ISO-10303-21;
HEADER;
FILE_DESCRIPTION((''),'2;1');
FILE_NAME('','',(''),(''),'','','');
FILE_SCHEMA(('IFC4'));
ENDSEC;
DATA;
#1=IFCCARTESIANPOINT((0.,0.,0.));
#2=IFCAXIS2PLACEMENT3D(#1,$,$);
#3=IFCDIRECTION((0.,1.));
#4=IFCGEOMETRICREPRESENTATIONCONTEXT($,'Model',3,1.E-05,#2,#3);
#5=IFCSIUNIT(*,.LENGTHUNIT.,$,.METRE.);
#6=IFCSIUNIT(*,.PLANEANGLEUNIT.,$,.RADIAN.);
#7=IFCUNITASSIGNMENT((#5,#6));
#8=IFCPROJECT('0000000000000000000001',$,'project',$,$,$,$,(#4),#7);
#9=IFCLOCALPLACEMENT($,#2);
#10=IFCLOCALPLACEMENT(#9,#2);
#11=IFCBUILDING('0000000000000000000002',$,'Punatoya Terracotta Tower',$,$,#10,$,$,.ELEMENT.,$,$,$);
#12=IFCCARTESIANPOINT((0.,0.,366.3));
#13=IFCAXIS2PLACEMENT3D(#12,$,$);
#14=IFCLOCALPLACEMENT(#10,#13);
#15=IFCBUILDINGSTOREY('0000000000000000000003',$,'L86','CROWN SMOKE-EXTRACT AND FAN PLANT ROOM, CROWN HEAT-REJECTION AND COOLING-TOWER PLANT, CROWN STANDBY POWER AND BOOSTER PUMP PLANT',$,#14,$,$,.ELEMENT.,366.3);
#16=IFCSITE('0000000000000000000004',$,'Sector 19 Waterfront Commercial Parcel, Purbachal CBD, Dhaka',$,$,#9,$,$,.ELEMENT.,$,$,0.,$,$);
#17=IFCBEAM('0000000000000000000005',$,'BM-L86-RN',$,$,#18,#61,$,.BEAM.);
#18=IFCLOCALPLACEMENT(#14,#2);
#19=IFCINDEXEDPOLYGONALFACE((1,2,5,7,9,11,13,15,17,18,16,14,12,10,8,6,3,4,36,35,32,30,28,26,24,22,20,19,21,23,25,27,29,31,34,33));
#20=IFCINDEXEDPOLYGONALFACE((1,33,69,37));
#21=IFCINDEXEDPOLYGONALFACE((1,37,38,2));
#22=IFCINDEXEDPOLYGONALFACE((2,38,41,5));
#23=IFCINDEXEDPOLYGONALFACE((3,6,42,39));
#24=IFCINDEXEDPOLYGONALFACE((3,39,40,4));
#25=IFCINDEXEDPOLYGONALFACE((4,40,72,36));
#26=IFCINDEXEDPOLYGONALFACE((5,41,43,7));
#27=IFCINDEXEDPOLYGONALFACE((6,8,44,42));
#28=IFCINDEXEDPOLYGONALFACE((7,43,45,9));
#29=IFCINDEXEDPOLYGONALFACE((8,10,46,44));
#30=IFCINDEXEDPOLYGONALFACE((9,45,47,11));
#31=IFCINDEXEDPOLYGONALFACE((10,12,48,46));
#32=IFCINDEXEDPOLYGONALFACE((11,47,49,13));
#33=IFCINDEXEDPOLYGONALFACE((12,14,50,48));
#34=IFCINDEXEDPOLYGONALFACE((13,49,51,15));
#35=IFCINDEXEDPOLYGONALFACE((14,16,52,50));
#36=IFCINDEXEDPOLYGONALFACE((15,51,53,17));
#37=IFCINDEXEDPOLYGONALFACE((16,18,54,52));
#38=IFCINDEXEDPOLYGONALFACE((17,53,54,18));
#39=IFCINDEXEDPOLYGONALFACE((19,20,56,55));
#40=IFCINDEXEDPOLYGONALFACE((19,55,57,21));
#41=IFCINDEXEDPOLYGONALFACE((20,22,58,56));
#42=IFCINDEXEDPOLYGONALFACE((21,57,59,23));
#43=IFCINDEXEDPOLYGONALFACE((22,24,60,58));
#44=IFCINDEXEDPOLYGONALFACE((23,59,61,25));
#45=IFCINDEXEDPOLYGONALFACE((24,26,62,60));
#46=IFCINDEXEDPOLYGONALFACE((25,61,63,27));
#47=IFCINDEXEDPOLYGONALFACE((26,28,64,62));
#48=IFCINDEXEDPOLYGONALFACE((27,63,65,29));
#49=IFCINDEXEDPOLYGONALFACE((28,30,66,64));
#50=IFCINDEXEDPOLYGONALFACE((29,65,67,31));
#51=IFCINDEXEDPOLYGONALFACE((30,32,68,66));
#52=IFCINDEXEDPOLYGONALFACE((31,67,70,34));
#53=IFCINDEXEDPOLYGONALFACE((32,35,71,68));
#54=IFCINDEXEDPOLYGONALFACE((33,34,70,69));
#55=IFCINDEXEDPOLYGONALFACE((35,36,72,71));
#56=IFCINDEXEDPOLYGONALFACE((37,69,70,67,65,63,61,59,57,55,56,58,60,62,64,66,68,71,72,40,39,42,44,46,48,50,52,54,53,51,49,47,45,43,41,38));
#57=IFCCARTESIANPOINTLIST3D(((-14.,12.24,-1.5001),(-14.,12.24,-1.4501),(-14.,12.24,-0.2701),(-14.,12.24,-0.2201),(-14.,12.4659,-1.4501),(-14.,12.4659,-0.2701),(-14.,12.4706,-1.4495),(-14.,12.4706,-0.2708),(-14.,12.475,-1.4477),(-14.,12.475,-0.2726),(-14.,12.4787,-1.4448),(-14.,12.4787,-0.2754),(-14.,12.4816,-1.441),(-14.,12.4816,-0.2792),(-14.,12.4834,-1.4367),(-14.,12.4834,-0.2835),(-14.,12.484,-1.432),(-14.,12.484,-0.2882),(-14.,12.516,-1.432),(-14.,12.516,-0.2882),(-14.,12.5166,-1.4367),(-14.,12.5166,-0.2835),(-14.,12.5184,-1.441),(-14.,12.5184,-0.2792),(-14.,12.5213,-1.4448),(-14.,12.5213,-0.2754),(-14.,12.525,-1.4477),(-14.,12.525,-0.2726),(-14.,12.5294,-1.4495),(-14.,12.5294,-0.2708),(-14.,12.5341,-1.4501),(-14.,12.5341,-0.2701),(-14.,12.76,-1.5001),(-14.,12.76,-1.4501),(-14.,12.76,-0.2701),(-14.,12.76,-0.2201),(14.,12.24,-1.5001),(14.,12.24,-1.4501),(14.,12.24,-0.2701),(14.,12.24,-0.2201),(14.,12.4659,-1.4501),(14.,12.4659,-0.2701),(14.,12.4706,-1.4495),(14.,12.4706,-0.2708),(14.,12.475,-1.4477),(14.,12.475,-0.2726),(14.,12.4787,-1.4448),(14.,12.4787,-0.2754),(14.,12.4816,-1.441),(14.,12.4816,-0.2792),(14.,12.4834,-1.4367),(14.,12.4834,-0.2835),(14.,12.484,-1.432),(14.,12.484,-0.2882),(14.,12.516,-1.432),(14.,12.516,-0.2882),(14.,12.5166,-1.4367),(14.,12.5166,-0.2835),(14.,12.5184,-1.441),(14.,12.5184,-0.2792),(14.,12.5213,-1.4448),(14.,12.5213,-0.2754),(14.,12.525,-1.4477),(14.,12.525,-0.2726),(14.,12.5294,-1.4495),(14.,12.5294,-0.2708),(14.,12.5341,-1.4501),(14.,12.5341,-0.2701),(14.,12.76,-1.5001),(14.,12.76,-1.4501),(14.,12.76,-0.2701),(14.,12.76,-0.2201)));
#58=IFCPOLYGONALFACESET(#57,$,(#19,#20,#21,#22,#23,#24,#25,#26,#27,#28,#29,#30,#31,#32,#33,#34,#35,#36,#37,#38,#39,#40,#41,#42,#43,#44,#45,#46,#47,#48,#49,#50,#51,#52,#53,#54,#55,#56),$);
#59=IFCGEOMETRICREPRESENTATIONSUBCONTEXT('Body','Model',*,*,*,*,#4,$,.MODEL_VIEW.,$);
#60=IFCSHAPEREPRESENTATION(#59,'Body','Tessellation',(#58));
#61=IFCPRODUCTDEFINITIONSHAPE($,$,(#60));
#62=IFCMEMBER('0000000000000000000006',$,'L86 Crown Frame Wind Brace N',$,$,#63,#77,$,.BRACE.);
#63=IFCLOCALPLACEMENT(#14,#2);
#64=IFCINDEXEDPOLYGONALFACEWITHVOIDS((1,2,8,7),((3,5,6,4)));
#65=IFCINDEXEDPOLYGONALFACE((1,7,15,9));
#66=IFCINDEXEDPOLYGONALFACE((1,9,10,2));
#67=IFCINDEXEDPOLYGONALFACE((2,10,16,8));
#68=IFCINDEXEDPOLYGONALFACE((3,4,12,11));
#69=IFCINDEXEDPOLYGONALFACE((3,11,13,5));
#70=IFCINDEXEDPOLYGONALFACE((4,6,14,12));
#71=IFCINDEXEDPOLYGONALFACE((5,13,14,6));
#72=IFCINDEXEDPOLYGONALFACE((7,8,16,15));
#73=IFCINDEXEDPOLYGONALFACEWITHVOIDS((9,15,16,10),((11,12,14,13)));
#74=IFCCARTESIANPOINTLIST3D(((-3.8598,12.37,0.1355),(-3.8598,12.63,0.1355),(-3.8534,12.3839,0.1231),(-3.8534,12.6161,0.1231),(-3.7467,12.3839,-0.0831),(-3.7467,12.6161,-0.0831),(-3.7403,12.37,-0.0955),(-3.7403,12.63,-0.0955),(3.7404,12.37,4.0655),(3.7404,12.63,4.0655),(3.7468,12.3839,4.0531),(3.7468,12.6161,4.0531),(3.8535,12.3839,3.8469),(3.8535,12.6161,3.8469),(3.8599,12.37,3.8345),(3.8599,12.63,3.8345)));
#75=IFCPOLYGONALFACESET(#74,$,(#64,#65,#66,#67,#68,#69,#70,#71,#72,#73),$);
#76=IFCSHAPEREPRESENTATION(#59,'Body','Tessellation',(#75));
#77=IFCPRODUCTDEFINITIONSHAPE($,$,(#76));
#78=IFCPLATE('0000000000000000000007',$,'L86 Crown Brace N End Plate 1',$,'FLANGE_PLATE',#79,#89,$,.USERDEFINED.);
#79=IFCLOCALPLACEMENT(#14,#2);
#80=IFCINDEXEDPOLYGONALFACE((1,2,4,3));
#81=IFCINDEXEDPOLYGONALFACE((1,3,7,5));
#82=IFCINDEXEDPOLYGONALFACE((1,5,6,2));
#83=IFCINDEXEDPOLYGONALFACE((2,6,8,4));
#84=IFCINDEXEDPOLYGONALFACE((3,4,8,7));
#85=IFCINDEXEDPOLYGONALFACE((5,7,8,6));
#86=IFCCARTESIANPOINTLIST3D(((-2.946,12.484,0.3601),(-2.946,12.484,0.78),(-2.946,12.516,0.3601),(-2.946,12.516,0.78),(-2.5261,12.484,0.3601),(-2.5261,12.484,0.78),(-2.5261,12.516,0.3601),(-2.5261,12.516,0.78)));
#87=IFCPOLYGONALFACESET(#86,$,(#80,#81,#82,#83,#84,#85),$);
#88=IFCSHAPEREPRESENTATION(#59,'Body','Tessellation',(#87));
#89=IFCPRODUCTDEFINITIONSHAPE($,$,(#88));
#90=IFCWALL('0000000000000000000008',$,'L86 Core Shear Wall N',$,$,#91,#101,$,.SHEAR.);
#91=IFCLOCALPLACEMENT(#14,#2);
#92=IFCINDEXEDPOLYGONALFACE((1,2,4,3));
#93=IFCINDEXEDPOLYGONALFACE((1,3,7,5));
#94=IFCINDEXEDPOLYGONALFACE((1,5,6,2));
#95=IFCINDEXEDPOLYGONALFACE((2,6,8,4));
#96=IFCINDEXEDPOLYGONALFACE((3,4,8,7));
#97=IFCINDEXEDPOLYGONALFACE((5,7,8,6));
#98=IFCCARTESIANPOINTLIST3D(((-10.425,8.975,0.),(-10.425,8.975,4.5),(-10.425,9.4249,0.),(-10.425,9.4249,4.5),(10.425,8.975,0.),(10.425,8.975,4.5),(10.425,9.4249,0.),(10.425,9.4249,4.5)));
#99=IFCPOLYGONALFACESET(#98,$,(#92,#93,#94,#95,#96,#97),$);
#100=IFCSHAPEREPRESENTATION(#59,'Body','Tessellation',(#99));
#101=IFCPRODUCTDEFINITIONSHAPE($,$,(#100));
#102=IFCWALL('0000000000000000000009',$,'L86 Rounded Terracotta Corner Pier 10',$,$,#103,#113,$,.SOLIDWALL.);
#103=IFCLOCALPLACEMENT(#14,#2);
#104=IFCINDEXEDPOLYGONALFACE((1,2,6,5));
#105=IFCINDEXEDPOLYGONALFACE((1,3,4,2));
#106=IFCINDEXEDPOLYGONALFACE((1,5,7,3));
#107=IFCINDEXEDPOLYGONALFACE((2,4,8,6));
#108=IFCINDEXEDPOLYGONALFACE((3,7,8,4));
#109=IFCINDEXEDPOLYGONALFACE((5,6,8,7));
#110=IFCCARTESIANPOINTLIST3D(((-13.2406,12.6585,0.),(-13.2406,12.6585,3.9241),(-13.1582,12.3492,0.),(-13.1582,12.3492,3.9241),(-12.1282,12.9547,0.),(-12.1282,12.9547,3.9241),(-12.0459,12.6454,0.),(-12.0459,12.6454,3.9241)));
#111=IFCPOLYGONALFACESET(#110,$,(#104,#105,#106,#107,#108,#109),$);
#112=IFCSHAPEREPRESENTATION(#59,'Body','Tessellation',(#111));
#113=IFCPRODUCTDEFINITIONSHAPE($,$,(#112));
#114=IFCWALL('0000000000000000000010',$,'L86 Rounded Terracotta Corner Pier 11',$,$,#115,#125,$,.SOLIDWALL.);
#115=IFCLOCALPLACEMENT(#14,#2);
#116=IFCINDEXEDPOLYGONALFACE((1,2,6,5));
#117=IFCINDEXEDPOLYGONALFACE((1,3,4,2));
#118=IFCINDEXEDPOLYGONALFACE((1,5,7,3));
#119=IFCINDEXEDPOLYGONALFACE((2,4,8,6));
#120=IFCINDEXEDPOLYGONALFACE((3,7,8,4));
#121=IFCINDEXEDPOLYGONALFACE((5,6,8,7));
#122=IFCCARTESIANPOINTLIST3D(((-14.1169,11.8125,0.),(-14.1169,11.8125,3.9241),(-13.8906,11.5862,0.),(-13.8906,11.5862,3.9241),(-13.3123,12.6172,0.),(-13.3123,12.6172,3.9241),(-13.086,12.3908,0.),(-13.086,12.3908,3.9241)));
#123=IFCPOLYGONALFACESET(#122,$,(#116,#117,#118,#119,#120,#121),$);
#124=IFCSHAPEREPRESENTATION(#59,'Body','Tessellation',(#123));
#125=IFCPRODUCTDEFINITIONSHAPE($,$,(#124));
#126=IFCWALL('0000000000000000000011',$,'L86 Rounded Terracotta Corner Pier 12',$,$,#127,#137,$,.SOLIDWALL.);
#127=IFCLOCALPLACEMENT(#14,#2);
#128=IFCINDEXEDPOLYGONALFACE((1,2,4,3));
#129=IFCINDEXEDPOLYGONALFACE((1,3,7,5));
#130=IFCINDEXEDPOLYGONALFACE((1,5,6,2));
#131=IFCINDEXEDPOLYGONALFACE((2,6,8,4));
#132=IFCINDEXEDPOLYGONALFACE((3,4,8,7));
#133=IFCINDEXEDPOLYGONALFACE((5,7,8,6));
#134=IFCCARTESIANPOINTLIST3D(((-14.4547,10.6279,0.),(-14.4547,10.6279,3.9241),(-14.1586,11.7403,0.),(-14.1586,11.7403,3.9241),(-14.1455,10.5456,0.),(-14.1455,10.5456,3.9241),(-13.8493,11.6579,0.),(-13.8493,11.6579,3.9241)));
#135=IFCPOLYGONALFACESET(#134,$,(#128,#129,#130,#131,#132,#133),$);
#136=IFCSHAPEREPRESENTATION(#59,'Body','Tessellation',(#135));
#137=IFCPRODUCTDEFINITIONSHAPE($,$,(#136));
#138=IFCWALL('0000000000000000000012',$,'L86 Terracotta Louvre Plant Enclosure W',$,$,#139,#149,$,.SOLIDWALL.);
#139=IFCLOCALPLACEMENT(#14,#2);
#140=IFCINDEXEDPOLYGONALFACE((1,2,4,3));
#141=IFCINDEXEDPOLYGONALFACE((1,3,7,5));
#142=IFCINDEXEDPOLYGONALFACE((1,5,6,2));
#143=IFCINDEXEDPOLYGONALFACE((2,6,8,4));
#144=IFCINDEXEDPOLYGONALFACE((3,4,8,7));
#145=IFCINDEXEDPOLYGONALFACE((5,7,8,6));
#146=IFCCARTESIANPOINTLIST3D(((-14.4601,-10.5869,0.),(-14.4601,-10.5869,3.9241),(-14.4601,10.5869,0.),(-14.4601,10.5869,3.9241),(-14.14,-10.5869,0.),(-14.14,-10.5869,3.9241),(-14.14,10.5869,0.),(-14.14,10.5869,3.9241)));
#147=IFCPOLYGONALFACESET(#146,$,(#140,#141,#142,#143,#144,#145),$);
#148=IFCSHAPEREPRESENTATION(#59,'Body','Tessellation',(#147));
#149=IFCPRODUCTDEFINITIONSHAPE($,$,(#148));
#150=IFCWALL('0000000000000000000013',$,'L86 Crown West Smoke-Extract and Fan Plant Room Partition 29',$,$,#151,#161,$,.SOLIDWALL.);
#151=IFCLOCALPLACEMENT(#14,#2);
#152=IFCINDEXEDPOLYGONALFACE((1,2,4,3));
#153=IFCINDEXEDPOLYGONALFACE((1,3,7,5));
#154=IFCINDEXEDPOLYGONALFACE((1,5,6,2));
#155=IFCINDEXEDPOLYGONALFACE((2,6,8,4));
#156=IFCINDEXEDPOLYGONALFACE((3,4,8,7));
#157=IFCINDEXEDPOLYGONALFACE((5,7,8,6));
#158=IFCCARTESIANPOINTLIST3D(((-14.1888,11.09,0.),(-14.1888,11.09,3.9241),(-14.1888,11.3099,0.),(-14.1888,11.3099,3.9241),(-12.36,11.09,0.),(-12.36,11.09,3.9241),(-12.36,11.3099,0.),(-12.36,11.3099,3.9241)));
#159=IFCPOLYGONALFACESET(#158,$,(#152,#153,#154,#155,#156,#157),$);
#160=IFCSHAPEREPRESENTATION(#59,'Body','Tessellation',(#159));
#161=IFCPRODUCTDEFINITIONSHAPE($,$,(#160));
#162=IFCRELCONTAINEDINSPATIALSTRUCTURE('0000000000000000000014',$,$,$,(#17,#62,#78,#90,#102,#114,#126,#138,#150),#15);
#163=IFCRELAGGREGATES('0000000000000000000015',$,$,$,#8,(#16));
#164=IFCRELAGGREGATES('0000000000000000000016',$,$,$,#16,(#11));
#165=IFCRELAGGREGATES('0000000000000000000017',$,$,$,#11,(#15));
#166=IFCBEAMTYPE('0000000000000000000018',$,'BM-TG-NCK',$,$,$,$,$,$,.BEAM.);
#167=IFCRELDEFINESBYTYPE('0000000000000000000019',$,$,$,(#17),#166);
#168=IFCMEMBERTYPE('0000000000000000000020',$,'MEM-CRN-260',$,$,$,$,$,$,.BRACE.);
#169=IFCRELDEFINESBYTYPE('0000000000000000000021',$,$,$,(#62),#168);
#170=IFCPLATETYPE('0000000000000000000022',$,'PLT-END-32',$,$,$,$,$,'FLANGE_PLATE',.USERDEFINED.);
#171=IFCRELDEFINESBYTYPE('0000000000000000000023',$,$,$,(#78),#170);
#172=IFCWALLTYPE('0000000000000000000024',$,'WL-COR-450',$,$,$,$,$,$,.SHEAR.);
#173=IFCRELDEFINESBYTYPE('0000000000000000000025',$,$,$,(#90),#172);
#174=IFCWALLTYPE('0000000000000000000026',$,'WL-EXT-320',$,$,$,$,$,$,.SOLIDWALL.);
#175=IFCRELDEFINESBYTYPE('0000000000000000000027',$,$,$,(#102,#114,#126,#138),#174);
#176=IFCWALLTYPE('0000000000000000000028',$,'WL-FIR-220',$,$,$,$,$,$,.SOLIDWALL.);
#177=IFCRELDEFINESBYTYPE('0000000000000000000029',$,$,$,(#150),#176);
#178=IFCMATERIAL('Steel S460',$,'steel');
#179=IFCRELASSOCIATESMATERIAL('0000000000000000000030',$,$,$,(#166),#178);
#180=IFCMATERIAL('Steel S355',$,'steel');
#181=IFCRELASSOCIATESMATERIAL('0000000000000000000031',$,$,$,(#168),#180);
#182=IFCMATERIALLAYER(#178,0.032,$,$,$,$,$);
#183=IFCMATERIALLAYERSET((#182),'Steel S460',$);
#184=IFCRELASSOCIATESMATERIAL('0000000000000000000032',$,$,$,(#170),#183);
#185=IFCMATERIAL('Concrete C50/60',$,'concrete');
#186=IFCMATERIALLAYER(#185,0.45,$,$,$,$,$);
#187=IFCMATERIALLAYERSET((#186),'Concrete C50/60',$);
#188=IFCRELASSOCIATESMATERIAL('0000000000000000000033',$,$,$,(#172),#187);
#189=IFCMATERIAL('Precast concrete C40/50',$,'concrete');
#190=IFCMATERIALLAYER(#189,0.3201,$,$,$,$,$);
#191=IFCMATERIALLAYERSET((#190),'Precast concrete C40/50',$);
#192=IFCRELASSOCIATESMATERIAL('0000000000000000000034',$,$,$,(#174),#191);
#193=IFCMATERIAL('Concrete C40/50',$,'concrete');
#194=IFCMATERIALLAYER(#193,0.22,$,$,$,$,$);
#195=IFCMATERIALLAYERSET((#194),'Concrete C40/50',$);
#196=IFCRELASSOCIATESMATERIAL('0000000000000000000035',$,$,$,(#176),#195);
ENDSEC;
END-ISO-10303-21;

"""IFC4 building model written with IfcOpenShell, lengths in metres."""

from ifc_helpers import new_model, si_unit, direction, frame, frame_2d, origin, origin_2d, place, context, subcontext, project, spatial, rectangle, hollow_rectangle, i_section, extrude, material, layer, layer_set, material_profile, profile_set, type_object, element, save


model = new_model("IFC4")

# Units and contexts
model_context = context("Model", 3, precision=1e-05, world=origin(), true_north=direction((0.0, 1.0)))
body_context = subcontext(model_context, "Body", "Model", "MODEL_VIEW")
ifc_project = project(units=[si_unit("LENGTHUNIT", "METRE"), si_unit("PLANEANGLEUNIT", "RADIAN")], contexts=[model_context])

# Site, building, storey
site_placement = place(None, origin())
site = spatial("IfcSite", under=ifc_project, at=site_placement, Name="Sector 19 Waterfront Commercial Parcel, Purbachal CBD, Dhaka", CompositionType="ELEMENT", RefElevation=0.0)
building_placement = place(site_placement, origin())
building = spatial("IfcBuilding", under=site, at=building_placement, Name="Punatoya Terracotta Tower", CompositionType="ELEMENT")
storey_placement = place(building_placement, frame((0.0, 0.0, 366.3)))
storey = spatial("IfcBuildingStorey", under=building, at=storey_placement, Name="L86", Description="CROWN SMOKE-EXTRACT AND FAN PLANT ROOM, CROWN HEAT-REJECTION AND COOLING-TOWER PLANT, CROWN STANDBY POWER AND BOOSTER PUMP PLANT", CompositionType="ELEMENT", Elevation=366.3)

# Shared definitions
ifc_material_1 = material(Name="Steel S355", Category="steel")

# Beam
ifc_material_2 = material(Name="Concrete C50/60", Category="concrete")
ifc_material_3 = material(Name="Steel S460", Category="steel")
ifc_material_profile_1 = material_profile(ifc_material_3, i_section(OverallWidth=0.52, OverallDepth=1.28, WebThickness=0.032, FlangeThickness=0.05, FilletRadius=0.0181, at=origin_2d()))
ifc_profile_set_1 = profile_set([ifc_material_profile_1], Name="Steel S460")
beam_type_1 = type_object("IfcBeamType", Name="BM-TG-NCK", PredefinedType="BEAM", material=ifc_profile_set_1)
beam_1_placement = place(storey_placement, frame((-14.0, 12.5, -0.8601), z_axis=(1.0, 0.0, 0.0), x_axis=(0.0, 1.0, 0.0)))
element("IfcBeam", 1, at=beam_1_placement, inside=storey, type_object=beam_type_1, Name="BM-L86-RN", PredefinedType="BEAM", context=body_context, shape_type="SweptSolid", body=[
    extrude(i_section(OverallWidth=0.52, OverallDepth=1.28, WebThickness=0.032, FlangeThickness=0.05, FilletRadius=0.0181, at=origin_2d()), origin(), (0.0, 0.0, 1.0), 28.0),
])

# Member
ifc_material_profile_2 = material_profile(ifc_material_1, hollow_rectangle(XDim=0.26, YDim=0.26, WallThickness=0.0139, at=origin_2d()))
ifc_profile_set_2 = profile_set([ifc_material_profile_2], Name="Steel S355")
member_type = type_object("IfcMemberType", Name="MEM-CRN-260", PredefinedType="BRACE", material=ifc_profile_set_2)
member_placement = place(storey_placement, frame((-3.8, 12.5, 0.02), z_axis=(0.888273, 0.0, 0.459317), x_axis=(0.0, 1.0, 0.0)))
element("IfcMember", 2, at=member_placement, inside=storey, type_object=member_type, Name="L86 Crown Frame Wind Brace N", PredefinedType="BRACE", context=body_context, shape_type="SweptSolid", body=[
    extrude(hollow_rectangle(XDim=0.26, YDim=0.26, WallThickness=0.0139, at=origin_2d()), origin(), (0.0, 0.0, 1.0), 8.5562),
])

# Plate
ifc_layer_1 = layer(ifc_material_3, 0.032)
ifc_layer_set_1 = layer_set([ifc_layer_1], Name="Steel S460")
plate_type = type_object("IfcPlateType", Name="PLT-END-32", ElementType="FLANGE_PLATE", PredefinedType="USERDEFINED", material=ifc_layer_set_1)
plate_placement = place(storey_placement, frame((-2.7361, 12.5, 0.3601), z_axis=(0.0, 0.0, 1.0), x_axis=(1.0, 0.0, 0.0)))
element("IfcPlate", 3, at=plate_placement, inside=storey, type_object=plate_type, Name="L86 Crown Brace N End Plate 1", ObjectType="FLANGE_PLATE", PredefinedType="USERDEFINED", context=body_context, shape_type="SweptSolid", body=[
    extrude(rectangle(XDim=0.4199, YDim=0.032, at=origin_2d()), origin(), (0.0, 0.0, 1.0), 0.4199),
])

# Walls
ifc_layer_2 = layer(ifc_material_2, 0.45)
ifc_layer_set_2 = layer_set([ifc_layer_2], Name="Concrete C50/60")
wall_type_1 = type_object("IfcWallType", Name="WL-COR-450", PredefinedType="SHEAR", material=ifc_layer_set_2)
wall_1_placement = place(storey_placement, frame((-10.425, 9.2, 0.0), z_axis=(0.0, 0.0, 1.0), x_axis=(1.0, 0.0, 0.0)))
element("IfcWall", 4, at=wall_1_placement, inside=storey, type_object=wall_type_1, Name="L86 Core Shear Wall N", PredefinedType="SHEAR", context=body_context, shape_type="SweptSolid", body=[
    extrude(rectangle(XDim=20.8501, YDim=0.45, at=frame_2d((10.425, 0.0))), origin(), (0.0, 0.0, 1.0), 4.5),
])
ifc_material_4 = material(Name="Precast concrete C40/50", Category="concrete")
ifc_layer_3 = layer(ifc_material_4, 0.3201)
ifc_layer_set_3 = layer_set([ifc_layer_3], Name="Precast concrete C40/50")
wall_type_2 = type_object("IfcWallType", Name="WL-EXT-320", PredefinedType="SOLIDWALL", material=ifc_layer_set_3)
wall_2_placement = place(storey_placement, frame((-12.0869, 12.8, 0.0), z_axis=(0.0, 0.0, 1.0), x_axis=(-0.966337, -0.25728, 0.0)))
element("IfcWall", 5, at=wall_2_placement, inside=storey, type_object=wall_type_2, Name="L86 Rounded Terracotta Corner Pier 10", PredefinedType="SOLIDWALL", context=body_context, shape_type="SweptSolid", body=[
    extrude(rectangle(XDim=1.1511, YDim=0.3201, at=frame_2d((0.5757, 0.0))), origin(), (0.0, 0.0, 1.0), 3.9241),
])
wall_3_placement = place(storey_placement, frame((-13.1992, 12.5039, 0.0), z_axis=(0.0, 0.0, 1.0), x_axis=(-0.707107, -0.707107, 0.0)))
element("IfcWall", 6, at=wall_3_placement, inside=storey, type_object=wall_type_2, Name="L86 Rounded Terracotta Corner Pier 11", PredefinedType="SOLIDWALL", context=body_context, shape_type="SweptSolid", body=[
    extrude(rectangle(XDim=1.1379, YDim=0.3201, at=frame_2d((0.5688, 0.0))), origin(), (0.0, 0.0, 1.0), 3.9241),
])
wall_4_placement = place(storey_placement, frame((-14.0039, 11.6992, 0.0), z_axis=(0.0, 0.0, 1.0), x_axis=(-0.25728, -0.966337, 0.0)))
element("IfcWall", 7, at=wall_4_placement, inside=storey, type_object=wall_type_2, Name="L86 Rounded Terracotta Corner Pier 12", PredefinedType="SOLIDWALL", context=body_context, shape_type="SweptSolid", body=[
    extrude(rectangle(XDim=1.1511, YDim=0.3201, at=frame_2d((0.5757, 0.0))), origin(), (0.0, 0.0, 1.0), 3.9241),
])
wall_5_placement = place(storey_placement, frame((-14.3, 10.5869, 0.0), z_axis=(0.0, 0.0, 1.0), x_axis=(0.0, -1.0, 0.0)))
element("IfcWall", 8, at=wall_5_placement, inside=storey, type_object=wall_type_2, Name="L86 Terracotta Louvre Plant Enclosure W", PredefinedType="SOLIDWALL", context=body_context, shape_type="SweptSolid", body=[
    extrude(rectangle(XDim=21.1738, YDim=0.3201, at=frame_2d((10.5869, 0.0))), origin(), (0.0, 0.0, 1.0), 3.9241),
])
ifc_material_5 = material(Name="Concrete C40/50", Category="concrete")
ifc_layer_4 = layer(ifc_material_5, 0.22)
ifc_layer_set_4 = layer_set([ifc_layer_4], Name="Concrete C40/50")
wall_type_3 = type_object("IfcWallType", Name="WL-FIR-220", PredefinedType="SOLIDWALL", material=ifc_layer_set_4)
wall_6_placement = place(storey_placement, frame((-14.189, 11.2, 0.0), z_axis=(0.0, 0.0, 1.0), x_axis=(1.0, 0.0, 0.0)))
element("IfcWall", 9, at=wall_6_placement, inside=storey, type_object=wall_type_3, Name="L86 Crown West Smoke-Extract and Fan Plant Room Partition 29", PredefinedType="SOLIDWALL", context=body_context, shape_type="SweptSolid", body=[
    extrude(rectangle(XDim=1.8289, YDim=0.22, at=frame_2d((0.9146, 0.0))), origin(), (0.0, 0.0, 1.0), 3.9241),
])

save(model, "model.ifc")
